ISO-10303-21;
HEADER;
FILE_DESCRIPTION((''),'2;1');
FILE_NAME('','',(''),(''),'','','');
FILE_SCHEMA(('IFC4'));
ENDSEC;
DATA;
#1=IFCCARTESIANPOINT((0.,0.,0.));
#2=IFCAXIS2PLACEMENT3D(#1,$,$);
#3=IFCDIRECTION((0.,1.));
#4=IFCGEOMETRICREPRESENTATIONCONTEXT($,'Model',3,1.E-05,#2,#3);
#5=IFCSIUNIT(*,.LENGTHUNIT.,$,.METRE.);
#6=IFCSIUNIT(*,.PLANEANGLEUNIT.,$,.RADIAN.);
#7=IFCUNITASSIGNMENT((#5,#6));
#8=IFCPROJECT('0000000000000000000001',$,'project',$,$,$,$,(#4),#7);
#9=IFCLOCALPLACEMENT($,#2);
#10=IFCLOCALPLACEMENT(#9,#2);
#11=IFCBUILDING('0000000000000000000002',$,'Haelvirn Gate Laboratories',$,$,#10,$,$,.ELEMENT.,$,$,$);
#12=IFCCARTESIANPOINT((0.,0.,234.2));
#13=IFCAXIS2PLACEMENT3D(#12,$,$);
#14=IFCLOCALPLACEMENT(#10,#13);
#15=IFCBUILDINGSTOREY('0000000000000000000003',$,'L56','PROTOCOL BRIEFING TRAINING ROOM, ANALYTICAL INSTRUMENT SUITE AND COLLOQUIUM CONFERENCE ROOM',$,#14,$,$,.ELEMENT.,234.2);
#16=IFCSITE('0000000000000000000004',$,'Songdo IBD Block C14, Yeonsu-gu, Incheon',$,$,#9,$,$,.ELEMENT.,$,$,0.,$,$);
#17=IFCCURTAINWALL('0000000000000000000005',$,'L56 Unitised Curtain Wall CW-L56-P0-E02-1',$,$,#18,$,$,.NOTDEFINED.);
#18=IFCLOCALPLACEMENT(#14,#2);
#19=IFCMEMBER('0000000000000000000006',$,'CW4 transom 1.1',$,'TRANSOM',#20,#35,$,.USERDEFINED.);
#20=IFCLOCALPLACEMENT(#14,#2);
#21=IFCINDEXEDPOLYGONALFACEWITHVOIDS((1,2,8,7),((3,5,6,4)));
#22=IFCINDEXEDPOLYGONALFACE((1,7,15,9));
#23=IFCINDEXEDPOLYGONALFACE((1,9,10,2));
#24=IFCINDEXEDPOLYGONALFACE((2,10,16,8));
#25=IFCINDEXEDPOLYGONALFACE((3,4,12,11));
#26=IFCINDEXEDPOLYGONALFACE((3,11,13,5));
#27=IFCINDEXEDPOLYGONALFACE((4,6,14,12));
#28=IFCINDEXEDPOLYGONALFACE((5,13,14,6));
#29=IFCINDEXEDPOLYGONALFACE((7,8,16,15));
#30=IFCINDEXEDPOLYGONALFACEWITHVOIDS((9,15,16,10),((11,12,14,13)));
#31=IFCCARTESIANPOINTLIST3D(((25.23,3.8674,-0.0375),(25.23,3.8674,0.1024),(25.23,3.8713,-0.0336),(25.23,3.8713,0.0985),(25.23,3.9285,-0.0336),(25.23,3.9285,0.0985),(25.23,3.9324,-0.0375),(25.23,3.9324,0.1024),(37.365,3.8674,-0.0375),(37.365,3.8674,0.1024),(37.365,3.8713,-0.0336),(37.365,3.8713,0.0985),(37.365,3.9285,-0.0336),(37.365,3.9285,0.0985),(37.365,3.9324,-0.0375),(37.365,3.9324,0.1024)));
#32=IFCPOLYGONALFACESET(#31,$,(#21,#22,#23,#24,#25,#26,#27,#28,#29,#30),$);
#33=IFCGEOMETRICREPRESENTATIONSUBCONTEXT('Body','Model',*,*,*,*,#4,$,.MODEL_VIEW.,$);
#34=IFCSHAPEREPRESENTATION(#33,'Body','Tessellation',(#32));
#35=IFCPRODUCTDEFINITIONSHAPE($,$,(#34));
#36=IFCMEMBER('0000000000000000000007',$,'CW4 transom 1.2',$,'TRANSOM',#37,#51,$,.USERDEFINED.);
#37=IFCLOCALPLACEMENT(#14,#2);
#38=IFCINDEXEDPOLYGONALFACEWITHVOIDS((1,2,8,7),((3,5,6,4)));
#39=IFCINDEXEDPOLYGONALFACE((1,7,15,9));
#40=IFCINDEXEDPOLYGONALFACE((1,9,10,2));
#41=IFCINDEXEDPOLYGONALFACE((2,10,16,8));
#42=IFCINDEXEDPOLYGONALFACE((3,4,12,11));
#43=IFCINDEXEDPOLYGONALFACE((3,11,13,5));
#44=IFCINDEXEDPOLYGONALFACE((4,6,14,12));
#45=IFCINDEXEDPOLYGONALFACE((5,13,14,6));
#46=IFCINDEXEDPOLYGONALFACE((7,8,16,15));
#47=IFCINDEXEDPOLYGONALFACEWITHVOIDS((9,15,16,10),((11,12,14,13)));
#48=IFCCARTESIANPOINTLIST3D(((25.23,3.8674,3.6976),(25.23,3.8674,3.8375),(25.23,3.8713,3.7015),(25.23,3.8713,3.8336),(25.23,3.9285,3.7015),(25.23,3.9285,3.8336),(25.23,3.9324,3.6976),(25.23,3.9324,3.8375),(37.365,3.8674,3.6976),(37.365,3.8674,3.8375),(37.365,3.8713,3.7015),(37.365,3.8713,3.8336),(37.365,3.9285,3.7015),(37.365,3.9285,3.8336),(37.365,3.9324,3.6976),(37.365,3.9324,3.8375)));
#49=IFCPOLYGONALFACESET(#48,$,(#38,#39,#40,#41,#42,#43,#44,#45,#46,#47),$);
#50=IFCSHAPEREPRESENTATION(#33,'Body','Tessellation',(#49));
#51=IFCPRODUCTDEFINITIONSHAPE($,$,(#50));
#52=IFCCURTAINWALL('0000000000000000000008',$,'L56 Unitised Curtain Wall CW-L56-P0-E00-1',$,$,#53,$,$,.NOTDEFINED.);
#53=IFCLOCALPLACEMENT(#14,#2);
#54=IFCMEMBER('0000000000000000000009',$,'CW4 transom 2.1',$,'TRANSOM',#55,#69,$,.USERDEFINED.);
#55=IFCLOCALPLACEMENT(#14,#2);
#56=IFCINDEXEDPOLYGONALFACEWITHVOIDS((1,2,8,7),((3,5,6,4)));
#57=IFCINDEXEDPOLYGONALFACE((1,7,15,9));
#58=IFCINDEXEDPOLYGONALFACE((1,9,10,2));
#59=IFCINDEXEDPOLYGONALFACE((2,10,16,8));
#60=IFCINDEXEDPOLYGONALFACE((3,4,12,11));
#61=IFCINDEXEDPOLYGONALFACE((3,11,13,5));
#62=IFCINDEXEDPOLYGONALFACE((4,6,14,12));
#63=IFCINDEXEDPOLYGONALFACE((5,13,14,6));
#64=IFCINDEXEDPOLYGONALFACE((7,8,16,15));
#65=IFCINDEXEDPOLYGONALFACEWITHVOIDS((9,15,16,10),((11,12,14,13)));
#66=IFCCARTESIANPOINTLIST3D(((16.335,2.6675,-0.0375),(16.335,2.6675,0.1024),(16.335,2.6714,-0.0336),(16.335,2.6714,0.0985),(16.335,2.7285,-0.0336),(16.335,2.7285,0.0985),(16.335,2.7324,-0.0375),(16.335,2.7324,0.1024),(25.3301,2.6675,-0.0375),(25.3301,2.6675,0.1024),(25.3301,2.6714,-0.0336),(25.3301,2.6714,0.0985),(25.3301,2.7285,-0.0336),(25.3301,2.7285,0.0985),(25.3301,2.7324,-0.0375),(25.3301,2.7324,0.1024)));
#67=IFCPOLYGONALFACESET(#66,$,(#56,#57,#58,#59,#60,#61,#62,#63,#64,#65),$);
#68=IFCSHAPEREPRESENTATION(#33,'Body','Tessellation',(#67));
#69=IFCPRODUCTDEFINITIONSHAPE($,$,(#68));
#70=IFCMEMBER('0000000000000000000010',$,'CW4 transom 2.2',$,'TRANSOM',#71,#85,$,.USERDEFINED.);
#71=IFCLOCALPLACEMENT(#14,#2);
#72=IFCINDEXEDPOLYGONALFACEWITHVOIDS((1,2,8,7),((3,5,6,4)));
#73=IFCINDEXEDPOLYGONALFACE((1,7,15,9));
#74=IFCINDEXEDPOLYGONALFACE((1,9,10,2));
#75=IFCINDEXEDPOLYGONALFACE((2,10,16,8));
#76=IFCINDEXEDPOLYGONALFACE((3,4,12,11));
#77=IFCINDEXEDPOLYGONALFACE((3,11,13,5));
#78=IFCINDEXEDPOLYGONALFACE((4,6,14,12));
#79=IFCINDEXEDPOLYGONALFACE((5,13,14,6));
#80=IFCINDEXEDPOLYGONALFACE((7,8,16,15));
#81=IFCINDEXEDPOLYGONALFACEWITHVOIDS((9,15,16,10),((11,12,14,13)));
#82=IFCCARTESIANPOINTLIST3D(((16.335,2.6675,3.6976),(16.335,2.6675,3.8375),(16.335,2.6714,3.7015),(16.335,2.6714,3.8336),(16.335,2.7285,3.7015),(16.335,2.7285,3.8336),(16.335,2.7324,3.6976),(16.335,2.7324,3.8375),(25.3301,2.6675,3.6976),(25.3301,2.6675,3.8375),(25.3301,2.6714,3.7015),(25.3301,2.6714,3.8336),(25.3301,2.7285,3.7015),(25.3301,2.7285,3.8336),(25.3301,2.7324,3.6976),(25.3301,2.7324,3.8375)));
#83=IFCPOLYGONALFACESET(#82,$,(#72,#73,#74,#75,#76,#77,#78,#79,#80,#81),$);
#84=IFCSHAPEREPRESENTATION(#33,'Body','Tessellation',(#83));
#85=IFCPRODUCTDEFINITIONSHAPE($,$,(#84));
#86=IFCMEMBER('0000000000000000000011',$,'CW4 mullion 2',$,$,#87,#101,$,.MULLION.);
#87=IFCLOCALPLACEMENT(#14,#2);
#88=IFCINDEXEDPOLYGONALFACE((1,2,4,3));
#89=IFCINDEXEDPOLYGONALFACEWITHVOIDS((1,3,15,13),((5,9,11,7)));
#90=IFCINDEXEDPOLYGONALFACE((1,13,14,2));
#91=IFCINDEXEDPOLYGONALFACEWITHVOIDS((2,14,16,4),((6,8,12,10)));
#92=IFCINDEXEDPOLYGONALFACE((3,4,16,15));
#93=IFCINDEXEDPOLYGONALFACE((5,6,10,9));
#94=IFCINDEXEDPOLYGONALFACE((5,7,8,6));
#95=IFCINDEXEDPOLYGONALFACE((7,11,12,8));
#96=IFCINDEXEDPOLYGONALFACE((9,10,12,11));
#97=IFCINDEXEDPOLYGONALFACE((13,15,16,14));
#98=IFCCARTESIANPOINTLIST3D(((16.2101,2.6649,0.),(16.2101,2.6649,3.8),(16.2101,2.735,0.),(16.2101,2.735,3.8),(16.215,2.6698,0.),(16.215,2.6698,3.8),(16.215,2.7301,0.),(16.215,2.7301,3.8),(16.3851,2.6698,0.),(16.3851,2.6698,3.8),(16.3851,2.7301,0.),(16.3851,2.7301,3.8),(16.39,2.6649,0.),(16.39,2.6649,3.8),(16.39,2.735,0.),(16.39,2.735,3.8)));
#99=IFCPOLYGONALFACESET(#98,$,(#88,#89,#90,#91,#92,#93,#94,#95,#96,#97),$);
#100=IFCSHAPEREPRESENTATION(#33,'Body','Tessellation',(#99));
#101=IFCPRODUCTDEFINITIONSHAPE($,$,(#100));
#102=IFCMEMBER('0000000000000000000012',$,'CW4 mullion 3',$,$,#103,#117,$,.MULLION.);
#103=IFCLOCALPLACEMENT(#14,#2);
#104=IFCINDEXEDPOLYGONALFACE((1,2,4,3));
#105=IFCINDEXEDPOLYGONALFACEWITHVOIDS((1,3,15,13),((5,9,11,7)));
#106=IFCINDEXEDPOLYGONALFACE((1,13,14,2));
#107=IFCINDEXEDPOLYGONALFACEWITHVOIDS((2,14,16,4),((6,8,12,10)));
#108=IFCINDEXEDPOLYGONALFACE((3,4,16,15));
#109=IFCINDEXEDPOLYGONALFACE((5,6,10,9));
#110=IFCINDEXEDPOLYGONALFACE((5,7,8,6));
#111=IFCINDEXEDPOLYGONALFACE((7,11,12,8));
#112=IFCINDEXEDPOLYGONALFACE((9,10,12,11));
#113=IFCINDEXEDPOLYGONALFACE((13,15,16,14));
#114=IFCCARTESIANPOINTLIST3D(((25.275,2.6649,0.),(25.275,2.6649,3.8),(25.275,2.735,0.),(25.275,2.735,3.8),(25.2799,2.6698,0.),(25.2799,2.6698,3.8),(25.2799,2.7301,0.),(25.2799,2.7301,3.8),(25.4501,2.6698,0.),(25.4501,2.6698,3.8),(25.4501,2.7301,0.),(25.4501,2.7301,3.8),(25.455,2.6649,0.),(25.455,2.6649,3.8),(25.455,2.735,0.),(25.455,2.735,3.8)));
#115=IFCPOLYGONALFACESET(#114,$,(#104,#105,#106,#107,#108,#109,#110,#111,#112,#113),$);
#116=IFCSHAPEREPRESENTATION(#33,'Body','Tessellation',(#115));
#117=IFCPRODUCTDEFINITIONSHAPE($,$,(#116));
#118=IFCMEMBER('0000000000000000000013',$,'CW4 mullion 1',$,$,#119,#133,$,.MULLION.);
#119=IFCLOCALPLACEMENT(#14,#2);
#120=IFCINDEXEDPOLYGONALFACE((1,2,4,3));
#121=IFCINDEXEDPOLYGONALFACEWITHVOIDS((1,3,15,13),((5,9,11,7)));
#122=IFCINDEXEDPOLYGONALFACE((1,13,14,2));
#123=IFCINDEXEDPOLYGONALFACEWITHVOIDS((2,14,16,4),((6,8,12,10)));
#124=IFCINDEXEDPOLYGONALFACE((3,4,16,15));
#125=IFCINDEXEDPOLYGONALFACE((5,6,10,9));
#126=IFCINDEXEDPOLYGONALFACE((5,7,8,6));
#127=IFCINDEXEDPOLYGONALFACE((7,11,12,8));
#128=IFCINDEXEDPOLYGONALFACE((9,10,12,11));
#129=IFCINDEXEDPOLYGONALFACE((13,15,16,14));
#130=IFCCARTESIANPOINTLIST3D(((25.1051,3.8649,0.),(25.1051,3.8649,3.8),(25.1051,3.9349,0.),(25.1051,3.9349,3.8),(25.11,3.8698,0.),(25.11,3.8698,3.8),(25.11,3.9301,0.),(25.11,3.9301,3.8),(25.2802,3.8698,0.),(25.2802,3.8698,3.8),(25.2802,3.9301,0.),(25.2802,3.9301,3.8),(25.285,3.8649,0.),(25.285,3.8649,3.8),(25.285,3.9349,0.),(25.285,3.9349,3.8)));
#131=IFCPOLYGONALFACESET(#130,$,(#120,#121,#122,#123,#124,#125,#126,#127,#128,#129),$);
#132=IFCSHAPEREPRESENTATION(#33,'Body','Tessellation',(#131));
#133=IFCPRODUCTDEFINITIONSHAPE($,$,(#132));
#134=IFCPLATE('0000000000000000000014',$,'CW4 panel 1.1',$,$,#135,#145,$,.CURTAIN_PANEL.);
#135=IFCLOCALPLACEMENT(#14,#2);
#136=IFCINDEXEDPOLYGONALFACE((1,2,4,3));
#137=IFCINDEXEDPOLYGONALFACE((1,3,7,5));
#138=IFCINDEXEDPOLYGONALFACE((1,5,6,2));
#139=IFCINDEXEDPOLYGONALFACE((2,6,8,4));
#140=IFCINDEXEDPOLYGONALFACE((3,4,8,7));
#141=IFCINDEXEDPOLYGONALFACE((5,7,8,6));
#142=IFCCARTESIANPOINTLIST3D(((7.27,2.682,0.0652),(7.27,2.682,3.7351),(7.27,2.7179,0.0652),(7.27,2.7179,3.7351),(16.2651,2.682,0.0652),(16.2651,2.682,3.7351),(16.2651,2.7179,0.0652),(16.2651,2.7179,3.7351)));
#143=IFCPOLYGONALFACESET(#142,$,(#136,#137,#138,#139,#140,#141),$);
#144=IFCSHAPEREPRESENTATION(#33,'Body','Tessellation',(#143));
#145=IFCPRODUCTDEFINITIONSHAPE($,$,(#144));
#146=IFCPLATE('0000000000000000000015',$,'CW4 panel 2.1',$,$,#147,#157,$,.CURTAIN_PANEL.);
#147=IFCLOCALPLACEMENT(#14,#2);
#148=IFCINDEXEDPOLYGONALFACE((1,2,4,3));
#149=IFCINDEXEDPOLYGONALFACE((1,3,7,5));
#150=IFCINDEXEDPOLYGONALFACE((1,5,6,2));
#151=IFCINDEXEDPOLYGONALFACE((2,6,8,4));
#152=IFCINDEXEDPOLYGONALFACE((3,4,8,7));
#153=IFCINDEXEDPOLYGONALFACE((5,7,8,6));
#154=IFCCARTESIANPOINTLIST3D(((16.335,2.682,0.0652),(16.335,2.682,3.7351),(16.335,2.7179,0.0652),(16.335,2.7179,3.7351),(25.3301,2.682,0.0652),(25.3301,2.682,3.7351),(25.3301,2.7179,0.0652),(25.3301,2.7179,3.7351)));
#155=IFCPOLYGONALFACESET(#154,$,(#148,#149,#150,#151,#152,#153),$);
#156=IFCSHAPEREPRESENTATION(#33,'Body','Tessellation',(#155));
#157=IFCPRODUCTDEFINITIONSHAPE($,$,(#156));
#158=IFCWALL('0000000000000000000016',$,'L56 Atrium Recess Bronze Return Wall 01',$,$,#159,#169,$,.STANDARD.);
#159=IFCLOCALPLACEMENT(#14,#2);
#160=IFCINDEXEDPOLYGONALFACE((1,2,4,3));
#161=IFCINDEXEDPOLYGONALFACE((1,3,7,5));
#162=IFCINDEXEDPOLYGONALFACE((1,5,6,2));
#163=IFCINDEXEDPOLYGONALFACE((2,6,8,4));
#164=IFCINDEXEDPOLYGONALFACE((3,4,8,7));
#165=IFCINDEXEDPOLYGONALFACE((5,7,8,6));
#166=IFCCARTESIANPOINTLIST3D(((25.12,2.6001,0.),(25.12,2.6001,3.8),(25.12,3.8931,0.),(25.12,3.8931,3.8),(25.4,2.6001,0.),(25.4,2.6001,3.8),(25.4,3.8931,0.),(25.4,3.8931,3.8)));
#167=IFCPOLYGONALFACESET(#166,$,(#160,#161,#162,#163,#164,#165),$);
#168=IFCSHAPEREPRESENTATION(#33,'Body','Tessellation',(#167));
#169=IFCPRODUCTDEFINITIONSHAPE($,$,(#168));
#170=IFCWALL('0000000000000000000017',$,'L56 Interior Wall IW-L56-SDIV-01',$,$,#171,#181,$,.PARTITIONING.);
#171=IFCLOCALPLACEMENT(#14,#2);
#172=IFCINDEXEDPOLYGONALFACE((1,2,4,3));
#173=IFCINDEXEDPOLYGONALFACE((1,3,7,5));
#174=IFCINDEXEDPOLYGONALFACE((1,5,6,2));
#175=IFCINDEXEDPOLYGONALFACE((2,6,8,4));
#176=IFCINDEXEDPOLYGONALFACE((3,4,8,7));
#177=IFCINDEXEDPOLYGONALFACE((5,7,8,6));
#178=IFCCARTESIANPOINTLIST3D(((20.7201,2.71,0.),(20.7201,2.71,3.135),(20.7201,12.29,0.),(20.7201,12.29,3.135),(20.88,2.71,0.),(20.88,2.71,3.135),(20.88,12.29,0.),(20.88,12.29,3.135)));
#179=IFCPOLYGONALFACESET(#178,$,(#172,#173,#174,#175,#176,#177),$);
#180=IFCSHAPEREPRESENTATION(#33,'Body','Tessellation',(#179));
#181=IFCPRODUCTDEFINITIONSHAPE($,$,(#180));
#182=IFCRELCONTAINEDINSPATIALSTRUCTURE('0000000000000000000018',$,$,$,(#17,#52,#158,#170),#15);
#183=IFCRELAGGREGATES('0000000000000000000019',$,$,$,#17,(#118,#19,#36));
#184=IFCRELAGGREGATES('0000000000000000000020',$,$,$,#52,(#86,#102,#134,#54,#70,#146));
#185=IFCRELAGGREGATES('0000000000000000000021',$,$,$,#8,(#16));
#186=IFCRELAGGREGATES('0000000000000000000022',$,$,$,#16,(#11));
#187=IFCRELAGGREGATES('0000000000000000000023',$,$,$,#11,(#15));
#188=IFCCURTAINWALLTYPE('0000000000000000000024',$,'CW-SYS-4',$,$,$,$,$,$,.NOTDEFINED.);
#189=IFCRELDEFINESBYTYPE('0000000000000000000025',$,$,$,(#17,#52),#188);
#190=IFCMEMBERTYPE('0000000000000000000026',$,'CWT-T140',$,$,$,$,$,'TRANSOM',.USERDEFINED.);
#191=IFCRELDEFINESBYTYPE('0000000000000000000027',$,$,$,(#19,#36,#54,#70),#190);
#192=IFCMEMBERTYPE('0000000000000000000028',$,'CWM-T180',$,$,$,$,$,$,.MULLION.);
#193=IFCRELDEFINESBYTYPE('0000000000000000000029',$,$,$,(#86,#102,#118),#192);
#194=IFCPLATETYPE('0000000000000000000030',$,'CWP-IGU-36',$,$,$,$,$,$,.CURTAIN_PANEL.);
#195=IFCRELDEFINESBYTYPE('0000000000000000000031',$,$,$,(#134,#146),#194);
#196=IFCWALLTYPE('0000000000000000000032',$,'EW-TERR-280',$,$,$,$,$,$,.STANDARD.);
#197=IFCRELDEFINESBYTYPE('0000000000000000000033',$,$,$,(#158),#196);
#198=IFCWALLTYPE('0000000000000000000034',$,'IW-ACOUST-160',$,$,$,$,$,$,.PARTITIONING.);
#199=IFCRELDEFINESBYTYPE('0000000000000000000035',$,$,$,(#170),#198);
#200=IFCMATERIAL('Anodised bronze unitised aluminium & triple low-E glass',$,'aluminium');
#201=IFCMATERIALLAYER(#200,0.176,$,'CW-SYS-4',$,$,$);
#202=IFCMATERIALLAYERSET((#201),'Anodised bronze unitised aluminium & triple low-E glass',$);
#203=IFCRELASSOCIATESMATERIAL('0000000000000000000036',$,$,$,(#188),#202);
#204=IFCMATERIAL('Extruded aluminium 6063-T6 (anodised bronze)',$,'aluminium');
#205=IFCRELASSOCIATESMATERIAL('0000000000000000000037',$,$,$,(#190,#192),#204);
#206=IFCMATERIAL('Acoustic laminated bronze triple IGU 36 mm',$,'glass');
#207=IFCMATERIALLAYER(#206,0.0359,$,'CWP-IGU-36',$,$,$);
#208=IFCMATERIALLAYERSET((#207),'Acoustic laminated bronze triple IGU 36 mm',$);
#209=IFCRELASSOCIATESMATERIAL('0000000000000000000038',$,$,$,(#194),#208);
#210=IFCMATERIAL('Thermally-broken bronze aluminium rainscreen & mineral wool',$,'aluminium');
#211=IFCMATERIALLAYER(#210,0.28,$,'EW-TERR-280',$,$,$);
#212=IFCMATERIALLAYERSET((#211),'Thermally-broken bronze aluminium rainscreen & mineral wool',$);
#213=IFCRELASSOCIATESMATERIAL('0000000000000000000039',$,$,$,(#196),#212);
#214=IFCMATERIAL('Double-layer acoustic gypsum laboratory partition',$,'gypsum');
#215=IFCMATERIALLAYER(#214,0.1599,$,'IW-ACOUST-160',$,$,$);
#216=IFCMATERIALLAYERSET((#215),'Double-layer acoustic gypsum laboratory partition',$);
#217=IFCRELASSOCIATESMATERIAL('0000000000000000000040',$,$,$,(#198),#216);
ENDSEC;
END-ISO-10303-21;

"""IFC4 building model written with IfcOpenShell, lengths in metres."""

from ifc_helpers import new_model, si_unit, direction, frame, frame_2d, origin, origin_2d, place, context, subcontext, project, spatial, rectangle, hollow_rectangle, extrude, source, transform, mapped, material, layer, layer_set, material_profile, profile_set, type_object, type_shapes, element, aggregate, save


model = new_model("IFC4")

# Units and contexts
model_context = context("Model", 3, precision=1e-05, world=origin(), true_north=direction((0.0, 1.0)))
body_context = subcontext(model_context, "Body", "Model", "MODEL_VIEW")
ifc_project = project(units=[si_unit("LENGTHUNIT", "METRE"), si_unit("PLANEANGLEUNIT", "RADIAN")], contexts=[model_context])

# Site, building, storey
site_placement = place(None, origin())
site = spatial("IfcSite", under=ifc_project, at=site_placement, Name="Songdo IBD Block C14, Yeonsu-gu, Incheon", CompositionType="ELEMENT", RefElevation=0.0)
building_placement = place(site_placement, origin())
building = spatial("IfcBuilding", under=site, at=building_placement, Name="Haelvirn Gate Laboratories", CompositionType="ELEMENT")
storey_placement = place(building_placement, frame((0.0, 0.0, 234.2)))
storey = spatial("IfcBuildingStorey", under=building, at=storey_placement, Name="L56", Description="PROTOCOL BRIEFING TRAINING ROOM, ANALYTICAL INSTRUMENT SUITE AND COLLOQUIUM CONFERENCE ROOM", CompositionType="ELEMENT", Elevation=234.2)

# Curtain walls, members
ifc_material_1 = material(Name="Anodised bronze unitised aluminium & triple low-E glass", Category="aluminium")
ifc_layer_1 = layer(ifc_material_1, 0.176, Name="CW-SYS-4")
ifc_layer_set_1 = layer_set([ifc_layer_1], Name="Anodised bronze unitised aluminium & triple low-E glass")
curtain_wall_type = type_object("IfcCurtainWallType", Name="CW-SYS-4", PredefinedType="NOTDEFINED", material=ifc_layer_set_1)
curtain_wall_1_placement = place(storey_placement, origin())
curtain_wall_1 = element("IfcCurtainWall", 1, at=curtain_wall_1_placement, inside=storey, type_object=curtain_wall_type, Name="L56 Unitised Curtain Wall CW-L56-P0-E02-1", PredefinedType="NOTDEFINED")
ifc_material_2 = material(Name="Extruded aluminium 6063-T6 (anodised bronze)", Category="aluminium")
ifc_material_profile_1 = material_profile(ifc_material_2, hollow_rectangle(XDim=0.0649, YDim=0.1399, WallThickness=0.0039, at=origin_2d()), Name="CWT-140x65x4")
ifc_profile_set_1 = profile_set([ifc_material_profile_1], Name="Extruded aluminium 6063-T6 (anodised bronze)")
member_type_1 = type_object("IfcMemberType", Name="CWT-T140", ElementType="TRANSOM", PredefinedType="USERDEFINED", material=ifc_profile_set_1)
shared_shape_1 = source(origin(), body_context, "Body", "SweptSolid", [
    extrude(hollow_rectangle(XDim=0.0649, YDim=0.1399, WallThickness=0.0039, at=origin_2d()), origin(), (0.0, 0.0, 1.0), 12.135),
])
member_1_placement = place(storey_placement, frame((25.23, 3.8999, 0.0325), z_axis=(1.0, 0.0, 0.0), x_axis=(0.0, 1.0, 0.0)))
member_1 = element("IfcMember", 2, at=member_1_placement, type_object=member_type_1, Name="CW4 transom 1.1", ObjectType="TRANSOM", PredefinedType="USERDEFINED", context=body_context, shape_type="MappedRepresentation", body=[
    mapped(shared_shape_1, transform((0.0, 0.0, 0.0), scale=1.0)),
])
member_2_placement = place(storey_placement, frame((25.23, 3.8999, 3.7676), z_axis=(1.0, 0.0, 0.0), x_axis=(0.0, 1.0, 0.0)))
member_2 = element("IfcMember", 3, at=member_2_placement, type_object=member_type_1, Name="CW4 transom 1.2", ObjectType="TRANSOM", PredefinedType="USERDEFINED", context=body_context, shape_type="MappedRepresentation", body=[
    mapped(shared_shape_1, transform((0.0, 0.0, 0.0), scale=1.0)),
])
curtain_wall_2_placement = place(storey_placement, origin())
curtain_wall_2 = element("IfcCurtainWall", 4, at=curtain_wall_2_placement, inside=storey, type_object=curtain_wall_type, Name="L56 Unitised Curtain Wall CW-L56-P0-E00-1", PredefinedType="NOTDEFINED")
shared_shape_2 = source(origin(), body_context, "Body", "SweptSolid", [
    extrude(hollow_rectangle(XDim=0.0649, YDim=0.1399, WallThickness=0.0039, at=origin_2d()), origin(), (0.0, 0.0, 1.0), 8.9951),
])
type_shapes(member_type_1, [shared_shape_1, shared_shape_2])
member_3_placement = place(storey_placement, frame((16.335, 2.7, 0.0325), z_axis=(1.0, 0.0, 0.0), x_axis=(0.0, 1.0, 0.0)))
member_3 = element("IfcMember", 5, at=member_3_placement, type_object=member_type_1, Name="CW4 transom 2.1", ObjectType="TRANSOM", PredefinedType="USERDEFINED", context=body_context, shape_type="MappedRepresentation", body=[
    mapped(shared_shape_2, transform((0.0, 0.0, 0.0), scale=1.0)),
])
member_4_placement = place(storey_placement, frame((16.335, 2.7, 3.7676), z_axis=(1.0, 0.0, 0.0), x_axis=(0.0, 1.0, 0.0)))
member_4 = element("IfcMember", 6, at=member_4_placement, type_object=member_type_1, Name="CW4 transom 2.2", ObjectType="TRANSOM", PredefinedType="USERDEFINED", context=body_context, shape_type="MappedRepresentation", body=[
    mapped(shared_shape_2, transform((0.0, 0.0, 0.0), scale=1.0)),
])
ifc_material_profile_2 = material_profile(ifc_material_2, hollow_rectangle(XDim=0.0701, YDim=0.1799, WallThickness=0.0049, at=origin_2d()), Name="CWM-180x70x5")
ifc_profile_set_2 = profile_set([ifc_material_profile_2], Name="Extruded aluminium 6063-T6 (anodised bronze)")
member_type_2 = type_object("IfcMemberType", Name="CWM-T180", PredefinedType="MULLION", material=ifc_profile_set_2)
shared_shape_3 = source(origin(), body_context, "Body", "SweptSolid", [
    extrude(hollow_rectangle(XDim=0.0701, YDim=0.1799, WallThickness=0.0049, at=origin_2d()), origin(), (0.0, 0.0, 1.0), 3.8),
])
type_shapes(member_type_2, [shared_shape_3])
member_5_placement = place(storey_placement, frame((16.3, 2.7, 0.0), z_axis=(0.0, 0.0, 1.0), x_axis=(0.0, 1.0, 0.0)))
member_5 = element("IfcMember", 7, at=member_5_placement, type_object=member_type_2, Name="CW4 mullion 2", PredefinedType="MULLION", context=body_context, shape_type="MappedRepresentation", body=[
    mapped(shared_shape_3, transform((0.0, 0.0, 0.0), scale=1.0)),
])
member_6_placement = place(storey_placement, frame((25.365, 2.7, 0.0), z_axis=(0.0, 0.0, 1.0), x_axis=(0.0, 1.0, 0.0)))
member_6 = element("IfcMember", 8, at=member_6_placement, type_object=member_type_2, Name="CW4 mullion 3", PredefinedType="MULLION", context=body_context, shape_type="MappedRepresentation", body=[
    mapped(shared_shape_3, transform((0.0, 0.0, 0.0), scale=1.0)),
])

# Member
member_7_placement = place(storey_placement, frame((25.1951, 3.8999, 0.0), z_axis=(0.0, 0.0, 1.0), x_axis=(0.0, 1.0, 0.0)))
member_7 = element("IfcMember", 9, at=member_7_placement, type_object=member_type_2, Name="CW4 mullion 1", PredefinedType="MULLION", context=body_context, shape_type="MappedRepresentation", body=[
    mapped(shared_shape_3, transform((0.0, 0.0, 0.0), scale=1.0)),
])
aggregate(curtain_wall_1, [member_7, member_1, member_2])

# Plates
ifc_material_3 = material(Name="Acoustic laminated bronze triple IGU 36 mm", Category="glass")
ifc_layer_2 = layer(ifc_material_3, 0.0359, Name="CWP-IGU-36")
ifc_layer_set_2 = layer_set([ifc_layer_2], Name="Acoustic laminated bronze triple IGU 36 mm")
plate_type = type_object("IfcPlateType", Name="CWP-IGU-36", PredefinedType="CURTAIN_PANEL", material=ifc_layer_set_2)
shared_shape_4 = source(origin(), body_context, "Body", "SweptSolid", [
    extrude(rectangle(XDim=8.9951, YDim=0.0359, at=origin_2d()), origin(), (0.0, 0.0, 1.0), 3.6699),
])
type_shapes(plate_type, [shared_shape_4])
plate_1_placement = place(storey_placement, frame((11.7676, 2.7, 0.0652), z_axis=(0.0, 0.0, 1.0), x_axis=(1.0, 0.0, 0.0)))
plate_1 = element("IfcPlate", 10, at=plate_1_placement, type_object=plate_type, Name="CW4 panel 1.1", PredefinedType="CURTAIN_PANEL", context=body_context, shape_type="MappedRepresentation", body=[
    mapped(shared_shape_4, transform((0.0, 0.0, 0.0), scale=1.0)),
])
plate_2_placement = place(storey_placement, frame((20.8325, 2.7, 0.0652), z_axis=(0.0, 0.0, 1.0), x_axis=(1.0, 0.0, 0.0)))
plate_2 = element("IfcPlate", 11, at=plate_2_placement, type_object=plate_type, Name="CW4 panel 2.1", PredefinedType="CURTAIN_PANEL", context=body_context, shape_type="MappedRepresentation", body=[
    mapped(shared_shape_4, transform((0.0, 0.0, 0.0), scale=1.0)),
])
aggregate(curtain_wall_2, [member_5, member_6, plate_1, member_3, member_4, plate_2])

# Walls
ifc_material_4 = material(Name="Thermally-broken bronze aluminium rainscreen & mineral wool", Category="aluminium")
ifc_layer_3 = layer(ifc_material_4, 0.28, Name="EW-TERR-280")
ifc_layer_set_3 = layer_set([ifc_layer_3], Name="Thermally-broken bronze aluminium rainscreen & mineral wool")
wall_type_1 = type_object("IfcWallType", Name="EW-TERR-280", PredefinedType="STANDARD", material=ifc_layer_set_3)
wall_1_placement = place(storey_placement, frame((25.26, 2.6001, 0.0), z_axis=(0.0, 0.0, 1.0), x_axis=(0.0, 1.0, 0.0)))
element("IfcWall", 12, at=wall_1_placement, inside=storey, type_object=wall_type_1, Name="L56 Atrium Recess Bronze Return Wall 01", PredefinedType="STANDARD", context=body_context, shape_type="SweptSolid", body=[
    extrude(rectangle(XDim=1.293, YDim=0.28, at=frame_2d((0.6465, 0.0))), origin(), (0.0, 0.0, 1.0), 3.8),
])
ifc_material_5 = material(Name="Double-layer acoustic gypsum laboratory partition", Category="gypsum")
ifc_layer_4 = layer(ifc_material_5, 0.1599, Name="IW-ACOUST-160")
ifc_layer_set_4 = layer_set([ifc_layer_4], Name="Double-layer acoustic gypsum laboratory partition")
wall_type_2 = type_object("IfcWallType", Name="IW-ACOUST-160", PredefinedType="PARTITIONING", material=ifc_layer_set_4)
wall_2_placement = place(storey_placement, frame((20.8, 2.71, 0.0), z_axis=(0.0, 0.0, 1.0), x_axis=(0.0, 1.0, 0.0)))
element("IfcWall", 13, at=wall_2_placement, inside=storey, type_object=wall_type_2, Name="L56 Interior Wall IW-L56-SDIV-01", PredefinedType="PARTITIONING", context=body_context, shape_type="SweptSolid", body=[
    extrude(rectangle(XDim=9.5801, YDim=0.1599, at=frame_2d((4.79, 0.0))), origin(), (0.0, 0.0, 1.0), 3.135),
])

save(model, "model.ifc")
